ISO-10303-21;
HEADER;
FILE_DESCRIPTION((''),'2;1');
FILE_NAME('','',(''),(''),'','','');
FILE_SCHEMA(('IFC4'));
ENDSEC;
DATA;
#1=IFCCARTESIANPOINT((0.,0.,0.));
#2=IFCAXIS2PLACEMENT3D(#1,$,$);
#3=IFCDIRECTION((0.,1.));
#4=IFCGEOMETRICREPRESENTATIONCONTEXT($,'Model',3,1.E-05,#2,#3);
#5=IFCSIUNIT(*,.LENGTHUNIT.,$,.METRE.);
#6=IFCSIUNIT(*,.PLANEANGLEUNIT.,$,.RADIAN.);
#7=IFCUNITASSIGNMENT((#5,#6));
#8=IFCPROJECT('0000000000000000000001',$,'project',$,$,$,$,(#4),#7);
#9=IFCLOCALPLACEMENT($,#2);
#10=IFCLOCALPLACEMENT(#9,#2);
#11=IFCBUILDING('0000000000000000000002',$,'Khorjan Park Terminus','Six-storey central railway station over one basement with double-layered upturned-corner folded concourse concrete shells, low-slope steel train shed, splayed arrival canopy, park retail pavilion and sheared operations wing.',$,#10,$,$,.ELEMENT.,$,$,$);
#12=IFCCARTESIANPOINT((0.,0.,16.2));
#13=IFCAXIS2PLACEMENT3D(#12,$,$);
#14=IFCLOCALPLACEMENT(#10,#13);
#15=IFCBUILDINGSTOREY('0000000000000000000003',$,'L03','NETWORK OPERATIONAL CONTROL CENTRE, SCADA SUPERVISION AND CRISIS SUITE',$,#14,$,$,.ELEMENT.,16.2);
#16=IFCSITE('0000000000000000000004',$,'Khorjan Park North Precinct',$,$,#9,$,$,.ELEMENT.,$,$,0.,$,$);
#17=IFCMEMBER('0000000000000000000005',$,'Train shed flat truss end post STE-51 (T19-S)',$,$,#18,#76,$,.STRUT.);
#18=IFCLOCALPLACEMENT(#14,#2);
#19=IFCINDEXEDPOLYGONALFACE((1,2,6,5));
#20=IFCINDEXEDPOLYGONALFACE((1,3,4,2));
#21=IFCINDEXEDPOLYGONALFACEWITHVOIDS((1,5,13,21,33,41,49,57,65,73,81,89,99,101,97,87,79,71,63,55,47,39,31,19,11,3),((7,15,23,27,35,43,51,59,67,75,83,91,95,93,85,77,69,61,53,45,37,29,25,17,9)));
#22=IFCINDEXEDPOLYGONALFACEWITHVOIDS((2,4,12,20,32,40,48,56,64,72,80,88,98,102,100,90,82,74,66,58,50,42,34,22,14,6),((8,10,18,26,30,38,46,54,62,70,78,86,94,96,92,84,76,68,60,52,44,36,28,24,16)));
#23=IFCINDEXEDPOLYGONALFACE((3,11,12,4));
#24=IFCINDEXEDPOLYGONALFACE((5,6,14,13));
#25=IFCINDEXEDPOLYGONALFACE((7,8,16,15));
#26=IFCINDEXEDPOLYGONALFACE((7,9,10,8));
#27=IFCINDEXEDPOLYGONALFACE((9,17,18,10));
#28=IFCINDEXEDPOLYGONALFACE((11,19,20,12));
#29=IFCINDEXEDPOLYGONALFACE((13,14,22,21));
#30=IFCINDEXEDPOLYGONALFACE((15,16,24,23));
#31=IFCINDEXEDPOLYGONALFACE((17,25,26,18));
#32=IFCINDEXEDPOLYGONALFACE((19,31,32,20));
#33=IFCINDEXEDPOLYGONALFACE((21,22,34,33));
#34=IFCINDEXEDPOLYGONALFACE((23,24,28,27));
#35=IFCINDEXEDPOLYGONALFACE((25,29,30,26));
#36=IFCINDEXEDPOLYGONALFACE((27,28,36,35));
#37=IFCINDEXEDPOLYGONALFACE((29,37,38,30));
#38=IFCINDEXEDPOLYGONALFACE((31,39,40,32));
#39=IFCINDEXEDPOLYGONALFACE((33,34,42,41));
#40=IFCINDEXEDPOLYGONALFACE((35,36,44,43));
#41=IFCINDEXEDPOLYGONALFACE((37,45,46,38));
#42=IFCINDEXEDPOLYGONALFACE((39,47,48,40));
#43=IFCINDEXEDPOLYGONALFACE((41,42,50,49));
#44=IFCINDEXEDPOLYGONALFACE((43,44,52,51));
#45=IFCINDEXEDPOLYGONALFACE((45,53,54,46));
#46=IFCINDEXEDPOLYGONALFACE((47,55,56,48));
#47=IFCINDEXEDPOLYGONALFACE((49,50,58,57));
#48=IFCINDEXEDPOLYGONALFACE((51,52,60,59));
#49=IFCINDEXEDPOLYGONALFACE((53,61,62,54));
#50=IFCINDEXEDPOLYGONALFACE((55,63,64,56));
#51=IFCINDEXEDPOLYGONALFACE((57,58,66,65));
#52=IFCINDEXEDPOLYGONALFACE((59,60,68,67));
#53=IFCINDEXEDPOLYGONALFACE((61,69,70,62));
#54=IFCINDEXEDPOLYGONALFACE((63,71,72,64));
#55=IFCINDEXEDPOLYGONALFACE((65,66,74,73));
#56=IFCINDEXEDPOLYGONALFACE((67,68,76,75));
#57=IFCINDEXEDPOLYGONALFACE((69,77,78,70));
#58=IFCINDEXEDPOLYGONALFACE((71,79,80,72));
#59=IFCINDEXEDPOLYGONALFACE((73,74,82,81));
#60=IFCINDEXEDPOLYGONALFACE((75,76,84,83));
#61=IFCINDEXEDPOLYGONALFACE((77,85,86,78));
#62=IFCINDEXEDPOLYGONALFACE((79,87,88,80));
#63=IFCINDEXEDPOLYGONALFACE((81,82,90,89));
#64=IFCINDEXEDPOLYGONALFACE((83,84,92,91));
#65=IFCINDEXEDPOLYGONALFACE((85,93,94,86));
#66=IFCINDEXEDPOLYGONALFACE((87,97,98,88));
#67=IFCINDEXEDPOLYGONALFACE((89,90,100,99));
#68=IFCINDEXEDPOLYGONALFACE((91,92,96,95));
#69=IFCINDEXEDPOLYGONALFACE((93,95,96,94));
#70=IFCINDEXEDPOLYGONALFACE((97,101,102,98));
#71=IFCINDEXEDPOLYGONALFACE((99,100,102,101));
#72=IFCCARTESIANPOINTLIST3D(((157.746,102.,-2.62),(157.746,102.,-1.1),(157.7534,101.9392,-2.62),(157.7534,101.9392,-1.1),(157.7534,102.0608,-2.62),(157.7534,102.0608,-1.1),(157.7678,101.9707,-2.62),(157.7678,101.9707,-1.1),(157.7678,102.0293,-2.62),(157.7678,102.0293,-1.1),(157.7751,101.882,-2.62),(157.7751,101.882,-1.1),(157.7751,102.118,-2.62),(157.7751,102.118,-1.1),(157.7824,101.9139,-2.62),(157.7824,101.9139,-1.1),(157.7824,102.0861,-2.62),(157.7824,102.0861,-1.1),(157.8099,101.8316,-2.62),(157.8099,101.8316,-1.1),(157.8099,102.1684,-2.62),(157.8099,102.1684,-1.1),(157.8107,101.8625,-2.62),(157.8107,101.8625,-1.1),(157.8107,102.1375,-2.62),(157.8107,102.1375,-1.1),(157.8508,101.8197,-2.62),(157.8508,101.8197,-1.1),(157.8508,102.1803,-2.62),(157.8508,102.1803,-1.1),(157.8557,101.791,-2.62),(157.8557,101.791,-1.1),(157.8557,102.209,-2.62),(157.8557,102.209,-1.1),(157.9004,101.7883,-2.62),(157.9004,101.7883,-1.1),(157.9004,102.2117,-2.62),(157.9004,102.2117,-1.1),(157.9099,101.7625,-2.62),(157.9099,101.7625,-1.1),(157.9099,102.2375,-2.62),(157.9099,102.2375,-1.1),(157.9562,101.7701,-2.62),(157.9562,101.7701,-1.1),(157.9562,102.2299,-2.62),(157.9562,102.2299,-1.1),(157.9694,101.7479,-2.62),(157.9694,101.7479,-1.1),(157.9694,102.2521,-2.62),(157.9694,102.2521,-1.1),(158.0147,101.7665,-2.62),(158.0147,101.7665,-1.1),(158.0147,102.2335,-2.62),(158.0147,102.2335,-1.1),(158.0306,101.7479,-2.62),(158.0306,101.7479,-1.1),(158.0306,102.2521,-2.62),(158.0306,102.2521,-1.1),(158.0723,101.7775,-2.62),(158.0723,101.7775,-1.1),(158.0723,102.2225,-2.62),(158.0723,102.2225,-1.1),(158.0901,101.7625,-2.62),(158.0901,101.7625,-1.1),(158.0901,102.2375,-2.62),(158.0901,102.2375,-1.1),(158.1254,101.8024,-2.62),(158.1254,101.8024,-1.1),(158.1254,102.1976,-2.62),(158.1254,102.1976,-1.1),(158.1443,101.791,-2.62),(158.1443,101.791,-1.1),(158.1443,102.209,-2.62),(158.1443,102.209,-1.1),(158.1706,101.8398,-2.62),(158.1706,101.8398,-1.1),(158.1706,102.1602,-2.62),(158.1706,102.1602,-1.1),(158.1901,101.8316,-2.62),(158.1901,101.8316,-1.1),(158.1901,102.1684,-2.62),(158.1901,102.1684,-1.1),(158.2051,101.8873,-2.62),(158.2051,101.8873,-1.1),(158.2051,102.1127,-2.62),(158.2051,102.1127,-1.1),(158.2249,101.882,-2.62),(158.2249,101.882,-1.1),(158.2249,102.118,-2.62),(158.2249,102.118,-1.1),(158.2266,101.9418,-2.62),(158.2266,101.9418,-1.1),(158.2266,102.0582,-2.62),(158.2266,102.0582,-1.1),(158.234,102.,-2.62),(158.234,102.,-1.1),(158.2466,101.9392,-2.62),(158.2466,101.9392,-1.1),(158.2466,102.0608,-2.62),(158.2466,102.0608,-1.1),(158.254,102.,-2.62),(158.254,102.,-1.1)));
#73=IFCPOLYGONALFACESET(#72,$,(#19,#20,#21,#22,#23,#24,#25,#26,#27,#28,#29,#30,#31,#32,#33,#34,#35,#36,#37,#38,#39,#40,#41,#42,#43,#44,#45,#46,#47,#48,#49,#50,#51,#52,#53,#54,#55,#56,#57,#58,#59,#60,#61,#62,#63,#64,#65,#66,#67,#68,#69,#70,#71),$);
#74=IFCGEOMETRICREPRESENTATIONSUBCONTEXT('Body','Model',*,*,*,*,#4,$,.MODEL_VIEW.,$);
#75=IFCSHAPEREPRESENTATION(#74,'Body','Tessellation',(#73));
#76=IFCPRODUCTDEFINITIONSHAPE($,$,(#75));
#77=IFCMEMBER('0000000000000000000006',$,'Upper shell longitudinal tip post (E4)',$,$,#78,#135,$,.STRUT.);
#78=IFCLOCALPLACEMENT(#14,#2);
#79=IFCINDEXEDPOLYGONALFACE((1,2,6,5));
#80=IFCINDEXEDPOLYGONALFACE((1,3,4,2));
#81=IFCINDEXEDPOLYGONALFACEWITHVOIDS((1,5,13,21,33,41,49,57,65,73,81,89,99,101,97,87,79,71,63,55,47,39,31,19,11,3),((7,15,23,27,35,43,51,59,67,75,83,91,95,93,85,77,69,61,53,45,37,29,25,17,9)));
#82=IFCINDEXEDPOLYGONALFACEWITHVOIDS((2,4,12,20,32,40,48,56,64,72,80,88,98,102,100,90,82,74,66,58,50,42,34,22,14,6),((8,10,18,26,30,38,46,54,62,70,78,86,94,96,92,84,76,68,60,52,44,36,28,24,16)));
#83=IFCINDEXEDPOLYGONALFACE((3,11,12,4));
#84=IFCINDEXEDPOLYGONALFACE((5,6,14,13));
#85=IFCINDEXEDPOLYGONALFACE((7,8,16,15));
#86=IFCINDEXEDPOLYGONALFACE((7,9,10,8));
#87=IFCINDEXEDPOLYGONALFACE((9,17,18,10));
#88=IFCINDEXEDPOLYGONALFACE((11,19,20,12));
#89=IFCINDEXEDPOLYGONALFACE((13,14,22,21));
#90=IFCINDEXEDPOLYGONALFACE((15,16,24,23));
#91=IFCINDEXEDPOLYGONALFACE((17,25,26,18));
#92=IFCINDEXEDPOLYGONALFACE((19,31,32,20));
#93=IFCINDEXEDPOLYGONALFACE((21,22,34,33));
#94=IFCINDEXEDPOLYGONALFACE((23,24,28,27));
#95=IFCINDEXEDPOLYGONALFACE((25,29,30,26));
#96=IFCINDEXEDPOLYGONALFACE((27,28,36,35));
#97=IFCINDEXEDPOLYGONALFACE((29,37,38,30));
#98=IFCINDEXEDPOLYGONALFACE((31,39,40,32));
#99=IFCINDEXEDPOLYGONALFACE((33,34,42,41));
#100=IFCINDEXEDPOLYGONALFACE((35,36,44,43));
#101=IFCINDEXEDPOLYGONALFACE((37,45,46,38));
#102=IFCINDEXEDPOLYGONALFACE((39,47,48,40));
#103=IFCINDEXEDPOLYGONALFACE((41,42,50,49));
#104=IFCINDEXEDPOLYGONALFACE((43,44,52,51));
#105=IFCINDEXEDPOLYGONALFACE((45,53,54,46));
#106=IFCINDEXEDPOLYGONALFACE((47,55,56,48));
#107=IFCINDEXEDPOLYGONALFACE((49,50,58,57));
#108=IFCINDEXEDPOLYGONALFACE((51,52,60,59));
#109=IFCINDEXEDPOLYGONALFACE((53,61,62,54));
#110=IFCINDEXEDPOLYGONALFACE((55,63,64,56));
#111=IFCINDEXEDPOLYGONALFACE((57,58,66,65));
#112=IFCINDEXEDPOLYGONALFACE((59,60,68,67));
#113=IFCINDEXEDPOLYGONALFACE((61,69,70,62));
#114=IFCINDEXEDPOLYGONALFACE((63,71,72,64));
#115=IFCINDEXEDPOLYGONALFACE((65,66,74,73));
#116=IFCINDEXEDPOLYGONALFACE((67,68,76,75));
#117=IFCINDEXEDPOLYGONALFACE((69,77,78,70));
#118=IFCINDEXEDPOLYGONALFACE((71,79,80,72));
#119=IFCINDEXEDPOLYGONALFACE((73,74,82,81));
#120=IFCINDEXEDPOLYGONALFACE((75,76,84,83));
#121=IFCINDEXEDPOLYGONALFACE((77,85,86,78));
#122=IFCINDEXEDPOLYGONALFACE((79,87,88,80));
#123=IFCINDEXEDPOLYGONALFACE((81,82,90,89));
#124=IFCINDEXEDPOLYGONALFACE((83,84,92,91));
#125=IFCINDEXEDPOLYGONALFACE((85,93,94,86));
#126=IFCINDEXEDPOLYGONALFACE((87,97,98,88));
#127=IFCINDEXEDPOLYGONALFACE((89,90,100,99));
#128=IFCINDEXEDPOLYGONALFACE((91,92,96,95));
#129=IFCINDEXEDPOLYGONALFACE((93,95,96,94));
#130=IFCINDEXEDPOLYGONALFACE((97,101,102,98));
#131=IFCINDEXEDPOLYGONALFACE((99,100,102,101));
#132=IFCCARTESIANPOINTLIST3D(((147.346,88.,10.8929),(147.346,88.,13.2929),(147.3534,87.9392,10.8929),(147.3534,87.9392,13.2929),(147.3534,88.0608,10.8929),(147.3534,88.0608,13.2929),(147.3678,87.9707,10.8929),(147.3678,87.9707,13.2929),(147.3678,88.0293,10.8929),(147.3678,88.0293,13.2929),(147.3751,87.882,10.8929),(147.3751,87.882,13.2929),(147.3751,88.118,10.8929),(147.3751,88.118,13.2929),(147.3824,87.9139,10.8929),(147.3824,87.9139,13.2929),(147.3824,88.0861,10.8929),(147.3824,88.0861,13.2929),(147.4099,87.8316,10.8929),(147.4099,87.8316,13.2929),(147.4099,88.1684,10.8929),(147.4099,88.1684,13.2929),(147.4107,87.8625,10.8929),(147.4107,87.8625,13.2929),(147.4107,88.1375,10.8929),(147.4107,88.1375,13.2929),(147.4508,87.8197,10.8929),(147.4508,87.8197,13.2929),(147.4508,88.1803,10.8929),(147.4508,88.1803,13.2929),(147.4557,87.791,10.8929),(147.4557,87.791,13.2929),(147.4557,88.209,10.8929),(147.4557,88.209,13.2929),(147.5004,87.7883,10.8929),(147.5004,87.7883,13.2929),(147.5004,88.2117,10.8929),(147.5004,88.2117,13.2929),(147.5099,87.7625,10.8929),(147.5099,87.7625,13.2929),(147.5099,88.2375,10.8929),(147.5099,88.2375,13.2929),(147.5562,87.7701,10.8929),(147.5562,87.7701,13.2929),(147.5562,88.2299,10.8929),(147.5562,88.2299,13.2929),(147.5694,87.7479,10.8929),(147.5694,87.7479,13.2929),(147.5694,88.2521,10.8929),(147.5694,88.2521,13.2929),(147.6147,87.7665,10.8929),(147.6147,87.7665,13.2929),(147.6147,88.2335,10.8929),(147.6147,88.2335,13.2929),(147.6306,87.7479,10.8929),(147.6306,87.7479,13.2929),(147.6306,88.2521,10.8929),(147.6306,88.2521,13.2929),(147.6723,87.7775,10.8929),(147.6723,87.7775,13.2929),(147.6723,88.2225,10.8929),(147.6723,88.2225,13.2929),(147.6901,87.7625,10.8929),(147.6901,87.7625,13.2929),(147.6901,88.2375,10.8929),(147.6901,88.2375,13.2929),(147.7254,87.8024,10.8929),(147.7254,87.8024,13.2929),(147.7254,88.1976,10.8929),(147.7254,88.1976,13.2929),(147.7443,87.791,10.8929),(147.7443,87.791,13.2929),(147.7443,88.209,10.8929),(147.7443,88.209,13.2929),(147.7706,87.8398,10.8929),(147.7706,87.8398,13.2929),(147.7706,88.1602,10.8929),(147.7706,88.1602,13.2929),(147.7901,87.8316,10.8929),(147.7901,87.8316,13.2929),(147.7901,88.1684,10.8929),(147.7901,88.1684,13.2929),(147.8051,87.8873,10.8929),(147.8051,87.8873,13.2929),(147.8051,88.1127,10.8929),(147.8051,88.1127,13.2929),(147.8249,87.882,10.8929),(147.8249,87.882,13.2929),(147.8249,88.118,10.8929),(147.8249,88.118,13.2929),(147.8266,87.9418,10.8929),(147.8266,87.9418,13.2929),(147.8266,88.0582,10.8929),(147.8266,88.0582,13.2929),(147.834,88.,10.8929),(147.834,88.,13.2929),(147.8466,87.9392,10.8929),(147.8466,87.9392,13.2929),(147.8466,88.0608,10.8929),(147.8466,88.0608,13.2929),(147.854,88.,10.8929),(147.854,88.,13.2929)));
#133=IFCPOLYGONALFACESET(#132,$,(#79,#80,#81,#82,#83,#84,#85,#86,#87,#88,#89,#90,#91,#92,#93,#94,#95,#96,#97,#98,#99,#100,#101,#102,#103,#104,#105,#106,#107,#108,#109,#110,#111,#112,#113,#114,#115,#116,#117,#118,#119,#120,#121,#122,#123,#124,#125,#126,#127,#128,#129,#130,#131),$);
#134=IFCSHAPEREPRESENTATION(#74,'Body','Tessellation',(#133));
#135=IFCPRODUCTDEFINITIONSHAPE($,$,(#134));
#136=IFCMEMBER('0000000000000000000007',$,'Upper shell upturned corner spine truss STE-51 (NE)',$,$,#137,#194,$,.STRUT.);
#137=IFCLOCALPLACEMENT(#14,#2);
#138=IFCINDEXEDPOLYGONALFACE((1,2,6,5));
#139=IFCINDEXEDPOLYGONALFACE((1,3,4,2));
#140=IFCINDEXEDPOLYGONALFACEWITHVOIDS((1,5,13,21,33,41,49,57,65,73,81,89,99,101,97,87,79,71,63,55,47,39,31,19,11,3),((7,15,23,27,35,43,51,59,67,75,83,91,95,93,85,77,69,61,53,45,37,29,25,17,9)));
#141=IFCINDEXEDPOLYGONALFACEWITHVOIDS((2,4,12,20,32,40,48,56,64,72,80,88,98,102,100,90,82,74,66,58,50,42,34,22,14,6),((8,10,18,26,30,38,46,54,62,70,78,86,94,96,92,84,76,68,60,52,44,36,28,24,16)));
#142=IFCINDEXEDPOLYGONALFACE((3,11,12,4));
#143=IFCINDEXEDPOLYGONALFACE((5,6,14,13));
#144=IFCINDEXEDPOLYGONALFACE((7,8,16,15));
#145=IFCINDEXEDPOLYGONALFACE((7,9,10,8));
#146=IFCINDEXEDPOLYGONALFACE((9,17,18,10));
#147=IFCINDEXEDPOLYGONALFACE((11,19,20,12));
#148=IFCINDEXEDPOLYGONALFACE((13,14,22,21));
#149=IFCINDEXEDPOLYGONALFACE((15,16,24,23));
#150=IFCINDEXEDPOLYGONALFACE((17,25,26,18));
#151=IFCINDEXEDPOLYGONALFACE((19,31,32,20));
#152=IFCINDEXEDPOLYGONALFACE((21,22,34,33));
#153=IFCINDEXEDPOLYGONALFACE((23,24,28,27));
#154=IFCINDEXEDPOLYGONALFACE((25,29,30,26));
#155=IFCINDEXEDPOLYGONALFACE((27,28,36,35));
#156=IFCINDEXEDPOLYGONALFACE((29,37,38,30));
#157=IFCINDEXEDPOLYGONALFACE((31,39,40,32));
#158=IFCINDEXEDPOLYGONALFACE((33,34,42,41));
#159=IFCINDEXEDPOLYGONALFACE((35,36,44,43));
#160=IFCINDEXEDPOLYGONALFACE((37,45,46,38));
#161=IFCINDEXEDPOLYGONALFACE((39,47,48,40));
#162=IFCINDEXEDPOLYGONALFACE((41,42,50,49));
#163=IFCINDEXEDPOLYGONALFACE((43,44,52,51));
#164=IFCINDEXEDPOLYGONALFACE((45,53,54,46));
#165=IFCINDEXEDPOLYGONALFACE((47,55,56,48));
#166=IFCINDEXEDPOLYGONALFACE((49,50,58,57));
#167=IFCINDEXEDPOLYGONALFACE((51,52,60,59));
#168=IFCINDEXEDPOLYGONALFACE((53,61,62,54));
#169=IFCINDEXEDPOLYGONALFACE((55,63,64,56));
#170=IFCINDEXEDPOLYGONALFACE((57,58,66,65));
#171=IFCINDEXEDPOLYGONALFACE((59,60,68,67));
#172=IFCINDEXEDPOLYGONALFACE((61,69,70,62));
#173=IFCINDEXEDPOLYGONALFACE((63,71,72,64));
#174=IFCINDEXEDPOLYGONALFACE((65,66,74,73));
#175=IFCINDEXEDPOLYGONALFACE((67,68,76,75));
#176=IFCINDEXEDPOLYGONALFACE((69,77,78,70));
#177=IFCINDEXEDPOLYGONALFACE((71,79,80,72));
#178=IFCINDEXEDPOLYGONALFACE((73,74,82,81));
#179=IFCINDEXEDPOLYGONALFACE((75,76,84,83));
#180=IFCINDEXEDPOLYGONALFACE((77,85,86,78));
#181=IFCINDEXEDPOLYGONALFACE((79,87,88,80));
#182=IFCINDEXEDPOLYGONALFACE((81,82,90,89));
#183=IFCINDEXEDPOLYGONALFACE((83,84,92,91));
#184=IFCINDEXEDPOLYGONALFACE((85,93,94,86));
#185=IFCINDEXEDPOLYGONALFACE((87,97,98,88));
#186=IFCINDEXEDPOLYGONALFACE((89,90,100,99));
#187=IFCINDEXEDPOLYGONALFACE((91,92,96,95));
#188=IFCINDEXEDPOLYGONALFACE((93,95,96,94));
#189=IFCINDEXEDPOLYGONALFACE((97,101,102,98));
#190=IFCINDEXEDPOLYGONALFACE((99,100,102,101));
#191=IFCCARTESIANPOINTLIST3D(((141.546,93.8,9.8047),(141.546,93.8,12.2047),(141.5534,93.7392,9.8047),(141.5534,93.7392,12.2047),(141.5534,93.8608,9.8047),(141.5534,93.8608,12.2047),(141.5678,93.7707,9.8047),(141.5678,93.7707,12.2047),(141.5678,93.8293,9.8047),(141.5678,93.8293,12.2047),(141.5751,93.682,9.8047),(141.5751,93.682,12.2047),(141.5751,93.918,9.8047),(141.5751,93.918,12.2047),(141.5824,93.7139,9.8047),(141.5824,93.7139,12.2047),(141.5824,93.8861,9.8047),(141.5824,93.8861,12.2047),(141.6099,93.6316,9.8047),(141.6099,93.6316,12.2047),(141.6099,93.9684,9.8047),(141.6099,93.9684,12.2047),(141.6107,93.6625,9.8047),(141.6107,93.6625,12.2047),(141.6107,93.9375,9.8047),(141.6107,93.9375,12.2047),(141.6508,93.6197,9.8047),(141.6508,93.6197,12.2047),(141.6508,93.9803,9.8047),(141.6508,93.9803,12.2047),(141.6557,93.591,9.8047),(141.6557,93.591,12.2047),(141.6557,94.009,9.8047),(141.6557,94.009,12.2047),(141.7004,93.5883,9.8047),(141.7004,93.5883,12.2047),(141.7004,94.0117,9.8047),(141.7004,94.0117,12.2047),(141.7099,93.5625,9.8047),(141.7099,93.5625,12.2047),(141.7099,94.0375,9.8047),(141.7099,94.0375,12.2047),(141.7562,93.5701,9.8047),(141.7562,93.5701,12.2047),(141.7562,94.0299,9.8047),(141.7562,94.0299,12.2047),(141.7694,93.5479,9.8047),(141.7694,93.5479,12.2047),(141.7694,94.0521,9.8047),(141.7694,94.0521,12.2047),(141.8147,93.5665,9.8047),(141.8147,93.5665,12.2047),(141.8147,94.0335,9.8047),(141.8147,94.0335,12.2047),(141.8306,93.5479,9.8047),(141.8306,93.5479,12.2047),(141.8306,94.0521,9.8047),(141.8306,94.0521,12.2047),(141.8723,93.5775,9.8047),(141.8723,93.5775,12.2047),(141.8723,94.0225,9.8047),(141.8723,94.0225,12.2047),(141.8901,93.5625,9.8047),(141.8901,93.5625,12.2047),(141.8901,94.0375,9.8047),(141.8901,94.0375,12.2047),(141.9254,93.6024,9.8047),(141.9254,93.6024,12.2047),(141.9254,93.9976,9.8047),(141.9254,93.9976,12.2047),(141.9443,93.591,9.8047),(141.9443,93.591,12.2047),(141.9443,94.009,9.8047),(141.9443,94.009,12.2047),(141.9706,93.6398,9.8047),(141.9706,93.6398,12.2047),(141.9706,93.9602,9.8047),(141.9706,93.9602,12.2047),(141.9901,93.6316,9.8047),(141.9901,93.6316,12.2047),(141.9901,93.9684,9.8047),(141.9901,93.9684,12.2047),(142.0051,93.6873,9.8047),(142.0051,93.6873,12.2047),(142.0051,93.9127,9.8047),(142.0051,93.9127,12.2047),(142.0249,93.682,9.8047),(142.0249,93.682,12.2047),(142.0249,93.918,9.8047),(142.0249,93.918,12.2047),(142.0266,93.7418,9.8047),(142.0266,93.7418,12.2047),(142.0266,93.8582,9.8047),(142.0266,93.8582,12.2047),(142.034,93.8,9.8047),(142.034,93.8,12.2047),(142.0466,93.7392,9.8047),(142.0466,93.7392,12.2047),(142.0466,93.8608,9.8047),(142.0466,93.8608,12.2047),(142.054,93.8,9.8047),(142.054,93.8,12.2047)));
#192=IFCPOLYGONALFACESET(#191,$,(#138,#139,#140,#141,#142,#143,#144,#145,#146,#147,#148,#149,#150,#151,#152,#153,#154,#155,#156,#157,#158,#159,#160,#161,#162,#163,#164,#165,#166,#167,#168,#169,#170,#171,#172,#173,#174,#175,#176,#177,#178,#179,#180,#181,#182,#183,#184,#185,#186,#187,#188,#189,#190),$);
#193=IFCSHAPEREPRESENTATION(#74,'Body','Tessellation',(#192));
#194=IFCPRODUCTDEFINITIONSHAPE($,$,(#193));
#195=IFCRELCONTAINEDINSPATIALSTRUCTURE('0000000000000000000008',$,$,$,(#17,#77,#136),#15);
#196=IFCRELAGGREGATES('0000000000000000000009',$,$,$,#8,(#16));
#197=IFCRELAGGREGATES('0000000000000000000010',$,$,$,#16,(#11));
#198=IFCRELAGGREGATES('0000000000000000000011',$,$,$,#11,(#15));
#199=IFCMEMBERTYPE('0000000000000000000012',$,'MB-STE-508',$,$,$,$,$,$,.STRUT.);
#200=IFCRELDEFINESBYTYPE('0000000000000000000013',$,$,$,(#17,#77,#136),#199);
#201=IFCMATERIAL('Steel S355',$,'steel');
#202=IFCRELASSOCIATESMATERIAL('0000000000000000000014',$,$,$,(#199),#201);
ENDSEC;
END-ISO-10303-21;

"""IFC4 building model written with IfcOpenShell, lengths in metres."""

from ifc_helpers import new_model, si_unit, direction, frame, origin, origin_2d, place, context, subcontext, project, spatial, hollow_circle, extrude, material, material_profile, profile_set, type_object, element, save


model = new_model("IFC4")

# Units and contexts
model_context = context("Model", 3, precision=1e-05, world=origin(), true_north=direction((0.0, 1.0)))
body_context = subcontext(model_context, "Body", "Model", "MODEL_VIEW")
ifc_project = project(units=[si_unit("LENGTHUNIT", "METRE"), si_unit("PLANEANGLEUNIT", "RADIAN")], contexts=[model_context])

# Site, building, storey
site_placement = place(None, origin())
site = spatial("IfcSite", under=ifc_project, at=site_placement, Name="Khorjan Park North Precinct", CompositionType="ELEMENT", RefElevation=0.0)
building_placement = place(site_placement, origin())
building = spatial("IfcBuilding", under=site, at=building_placement, Name="Khorjan Park Terminus", Description="Six-storey central railway station over one basement with double-layered upturned-corner folded concourse concrete shells, low-slope steel train shed, splayed arrival canopy, park retail pavilion and sheared operations wing.", CompositionType="ELEMENT")
storey_placement = place(building_placement, frame((0.0, 0.0, 16.2)))
storey = spatial("IfcBuildingStorey", under=building, at=storey_placement, Name="L03", Description="NETWORK OPERATIONAL CONTROL CENTRE, SCADA SUPERVISION AND CRISIS SUITE", CompositionType="ELEMENT", Elevation=16.2)

# Members
ifc_material = material(Name="Steel S355", Category="steel")
ifc_material_profile_1 = material_profile(ifc_material, hollow_circle(Radius=0.254, WallThickness=0.02, at=origin_2d()), Name="CHS 508x20")
ifc_profile_set_1 = profile_set([ifc_material_profile_1], Name="Steel S355")
member_type_1 = type_object("IfcMemberType", Name="MB-STE-508", PredefinedType="STRUT", material=ifc_profile_set_1)
for number, where, z_axis, x_axis, name in (
    (1, (158.0, 102.0, -2.62), (0.0, 0.0, 1.0), (1.0, 0.0, 0.0), "Train shed flat truss end post STE-51 (T19-S)"),
):
    element("IfcMember", number, at=place(storey_placement, frame(where, z_axis=z_axis, x_axis=x_axis)), inside=storey, type_object=member_type_1, Name=name, PredefinedType="STRUT", context=body_context, shape_type="SweptSolid", body=[
        extrude(hollow_circle(Radius=0.254, WallThickness=0.02, at=origin_2d()), origin(), (0.0, 0.0, 1.0), 1.52),
    ])
for number, where, z_axis, x_axis, name in (
    (2, (147.6, 88.0, 10.8929), (0.0, 0.0, 1.0), (1.0, 0.0, 0.0), "Upper shell longitudinal tip post (E4)"),
    (3, (141.8, 93.8, 9.8047), (0.0, 0.0, 1.0), (1.0, 0.0, 0.0), "Upper shell upturned corner spine truss STE-51 (NE)"),
):
    element("IfcMember", number, at=place(storey_placement, frame(where, z_axis=z_axis, x_axis=x_axis)), inside=storey, type_object=member_type_1, Name=name, PredefinedType="STRUT", context=body_context, shape_type="SweptSolid", body=[
        extrude(hollow_circle(Radius=0.254, WallThickness=0.02, at=origin_2d()), origin(), (0.0, 0.0, 1.0), 2.4),
    ])

save(model, "model.ifc")
